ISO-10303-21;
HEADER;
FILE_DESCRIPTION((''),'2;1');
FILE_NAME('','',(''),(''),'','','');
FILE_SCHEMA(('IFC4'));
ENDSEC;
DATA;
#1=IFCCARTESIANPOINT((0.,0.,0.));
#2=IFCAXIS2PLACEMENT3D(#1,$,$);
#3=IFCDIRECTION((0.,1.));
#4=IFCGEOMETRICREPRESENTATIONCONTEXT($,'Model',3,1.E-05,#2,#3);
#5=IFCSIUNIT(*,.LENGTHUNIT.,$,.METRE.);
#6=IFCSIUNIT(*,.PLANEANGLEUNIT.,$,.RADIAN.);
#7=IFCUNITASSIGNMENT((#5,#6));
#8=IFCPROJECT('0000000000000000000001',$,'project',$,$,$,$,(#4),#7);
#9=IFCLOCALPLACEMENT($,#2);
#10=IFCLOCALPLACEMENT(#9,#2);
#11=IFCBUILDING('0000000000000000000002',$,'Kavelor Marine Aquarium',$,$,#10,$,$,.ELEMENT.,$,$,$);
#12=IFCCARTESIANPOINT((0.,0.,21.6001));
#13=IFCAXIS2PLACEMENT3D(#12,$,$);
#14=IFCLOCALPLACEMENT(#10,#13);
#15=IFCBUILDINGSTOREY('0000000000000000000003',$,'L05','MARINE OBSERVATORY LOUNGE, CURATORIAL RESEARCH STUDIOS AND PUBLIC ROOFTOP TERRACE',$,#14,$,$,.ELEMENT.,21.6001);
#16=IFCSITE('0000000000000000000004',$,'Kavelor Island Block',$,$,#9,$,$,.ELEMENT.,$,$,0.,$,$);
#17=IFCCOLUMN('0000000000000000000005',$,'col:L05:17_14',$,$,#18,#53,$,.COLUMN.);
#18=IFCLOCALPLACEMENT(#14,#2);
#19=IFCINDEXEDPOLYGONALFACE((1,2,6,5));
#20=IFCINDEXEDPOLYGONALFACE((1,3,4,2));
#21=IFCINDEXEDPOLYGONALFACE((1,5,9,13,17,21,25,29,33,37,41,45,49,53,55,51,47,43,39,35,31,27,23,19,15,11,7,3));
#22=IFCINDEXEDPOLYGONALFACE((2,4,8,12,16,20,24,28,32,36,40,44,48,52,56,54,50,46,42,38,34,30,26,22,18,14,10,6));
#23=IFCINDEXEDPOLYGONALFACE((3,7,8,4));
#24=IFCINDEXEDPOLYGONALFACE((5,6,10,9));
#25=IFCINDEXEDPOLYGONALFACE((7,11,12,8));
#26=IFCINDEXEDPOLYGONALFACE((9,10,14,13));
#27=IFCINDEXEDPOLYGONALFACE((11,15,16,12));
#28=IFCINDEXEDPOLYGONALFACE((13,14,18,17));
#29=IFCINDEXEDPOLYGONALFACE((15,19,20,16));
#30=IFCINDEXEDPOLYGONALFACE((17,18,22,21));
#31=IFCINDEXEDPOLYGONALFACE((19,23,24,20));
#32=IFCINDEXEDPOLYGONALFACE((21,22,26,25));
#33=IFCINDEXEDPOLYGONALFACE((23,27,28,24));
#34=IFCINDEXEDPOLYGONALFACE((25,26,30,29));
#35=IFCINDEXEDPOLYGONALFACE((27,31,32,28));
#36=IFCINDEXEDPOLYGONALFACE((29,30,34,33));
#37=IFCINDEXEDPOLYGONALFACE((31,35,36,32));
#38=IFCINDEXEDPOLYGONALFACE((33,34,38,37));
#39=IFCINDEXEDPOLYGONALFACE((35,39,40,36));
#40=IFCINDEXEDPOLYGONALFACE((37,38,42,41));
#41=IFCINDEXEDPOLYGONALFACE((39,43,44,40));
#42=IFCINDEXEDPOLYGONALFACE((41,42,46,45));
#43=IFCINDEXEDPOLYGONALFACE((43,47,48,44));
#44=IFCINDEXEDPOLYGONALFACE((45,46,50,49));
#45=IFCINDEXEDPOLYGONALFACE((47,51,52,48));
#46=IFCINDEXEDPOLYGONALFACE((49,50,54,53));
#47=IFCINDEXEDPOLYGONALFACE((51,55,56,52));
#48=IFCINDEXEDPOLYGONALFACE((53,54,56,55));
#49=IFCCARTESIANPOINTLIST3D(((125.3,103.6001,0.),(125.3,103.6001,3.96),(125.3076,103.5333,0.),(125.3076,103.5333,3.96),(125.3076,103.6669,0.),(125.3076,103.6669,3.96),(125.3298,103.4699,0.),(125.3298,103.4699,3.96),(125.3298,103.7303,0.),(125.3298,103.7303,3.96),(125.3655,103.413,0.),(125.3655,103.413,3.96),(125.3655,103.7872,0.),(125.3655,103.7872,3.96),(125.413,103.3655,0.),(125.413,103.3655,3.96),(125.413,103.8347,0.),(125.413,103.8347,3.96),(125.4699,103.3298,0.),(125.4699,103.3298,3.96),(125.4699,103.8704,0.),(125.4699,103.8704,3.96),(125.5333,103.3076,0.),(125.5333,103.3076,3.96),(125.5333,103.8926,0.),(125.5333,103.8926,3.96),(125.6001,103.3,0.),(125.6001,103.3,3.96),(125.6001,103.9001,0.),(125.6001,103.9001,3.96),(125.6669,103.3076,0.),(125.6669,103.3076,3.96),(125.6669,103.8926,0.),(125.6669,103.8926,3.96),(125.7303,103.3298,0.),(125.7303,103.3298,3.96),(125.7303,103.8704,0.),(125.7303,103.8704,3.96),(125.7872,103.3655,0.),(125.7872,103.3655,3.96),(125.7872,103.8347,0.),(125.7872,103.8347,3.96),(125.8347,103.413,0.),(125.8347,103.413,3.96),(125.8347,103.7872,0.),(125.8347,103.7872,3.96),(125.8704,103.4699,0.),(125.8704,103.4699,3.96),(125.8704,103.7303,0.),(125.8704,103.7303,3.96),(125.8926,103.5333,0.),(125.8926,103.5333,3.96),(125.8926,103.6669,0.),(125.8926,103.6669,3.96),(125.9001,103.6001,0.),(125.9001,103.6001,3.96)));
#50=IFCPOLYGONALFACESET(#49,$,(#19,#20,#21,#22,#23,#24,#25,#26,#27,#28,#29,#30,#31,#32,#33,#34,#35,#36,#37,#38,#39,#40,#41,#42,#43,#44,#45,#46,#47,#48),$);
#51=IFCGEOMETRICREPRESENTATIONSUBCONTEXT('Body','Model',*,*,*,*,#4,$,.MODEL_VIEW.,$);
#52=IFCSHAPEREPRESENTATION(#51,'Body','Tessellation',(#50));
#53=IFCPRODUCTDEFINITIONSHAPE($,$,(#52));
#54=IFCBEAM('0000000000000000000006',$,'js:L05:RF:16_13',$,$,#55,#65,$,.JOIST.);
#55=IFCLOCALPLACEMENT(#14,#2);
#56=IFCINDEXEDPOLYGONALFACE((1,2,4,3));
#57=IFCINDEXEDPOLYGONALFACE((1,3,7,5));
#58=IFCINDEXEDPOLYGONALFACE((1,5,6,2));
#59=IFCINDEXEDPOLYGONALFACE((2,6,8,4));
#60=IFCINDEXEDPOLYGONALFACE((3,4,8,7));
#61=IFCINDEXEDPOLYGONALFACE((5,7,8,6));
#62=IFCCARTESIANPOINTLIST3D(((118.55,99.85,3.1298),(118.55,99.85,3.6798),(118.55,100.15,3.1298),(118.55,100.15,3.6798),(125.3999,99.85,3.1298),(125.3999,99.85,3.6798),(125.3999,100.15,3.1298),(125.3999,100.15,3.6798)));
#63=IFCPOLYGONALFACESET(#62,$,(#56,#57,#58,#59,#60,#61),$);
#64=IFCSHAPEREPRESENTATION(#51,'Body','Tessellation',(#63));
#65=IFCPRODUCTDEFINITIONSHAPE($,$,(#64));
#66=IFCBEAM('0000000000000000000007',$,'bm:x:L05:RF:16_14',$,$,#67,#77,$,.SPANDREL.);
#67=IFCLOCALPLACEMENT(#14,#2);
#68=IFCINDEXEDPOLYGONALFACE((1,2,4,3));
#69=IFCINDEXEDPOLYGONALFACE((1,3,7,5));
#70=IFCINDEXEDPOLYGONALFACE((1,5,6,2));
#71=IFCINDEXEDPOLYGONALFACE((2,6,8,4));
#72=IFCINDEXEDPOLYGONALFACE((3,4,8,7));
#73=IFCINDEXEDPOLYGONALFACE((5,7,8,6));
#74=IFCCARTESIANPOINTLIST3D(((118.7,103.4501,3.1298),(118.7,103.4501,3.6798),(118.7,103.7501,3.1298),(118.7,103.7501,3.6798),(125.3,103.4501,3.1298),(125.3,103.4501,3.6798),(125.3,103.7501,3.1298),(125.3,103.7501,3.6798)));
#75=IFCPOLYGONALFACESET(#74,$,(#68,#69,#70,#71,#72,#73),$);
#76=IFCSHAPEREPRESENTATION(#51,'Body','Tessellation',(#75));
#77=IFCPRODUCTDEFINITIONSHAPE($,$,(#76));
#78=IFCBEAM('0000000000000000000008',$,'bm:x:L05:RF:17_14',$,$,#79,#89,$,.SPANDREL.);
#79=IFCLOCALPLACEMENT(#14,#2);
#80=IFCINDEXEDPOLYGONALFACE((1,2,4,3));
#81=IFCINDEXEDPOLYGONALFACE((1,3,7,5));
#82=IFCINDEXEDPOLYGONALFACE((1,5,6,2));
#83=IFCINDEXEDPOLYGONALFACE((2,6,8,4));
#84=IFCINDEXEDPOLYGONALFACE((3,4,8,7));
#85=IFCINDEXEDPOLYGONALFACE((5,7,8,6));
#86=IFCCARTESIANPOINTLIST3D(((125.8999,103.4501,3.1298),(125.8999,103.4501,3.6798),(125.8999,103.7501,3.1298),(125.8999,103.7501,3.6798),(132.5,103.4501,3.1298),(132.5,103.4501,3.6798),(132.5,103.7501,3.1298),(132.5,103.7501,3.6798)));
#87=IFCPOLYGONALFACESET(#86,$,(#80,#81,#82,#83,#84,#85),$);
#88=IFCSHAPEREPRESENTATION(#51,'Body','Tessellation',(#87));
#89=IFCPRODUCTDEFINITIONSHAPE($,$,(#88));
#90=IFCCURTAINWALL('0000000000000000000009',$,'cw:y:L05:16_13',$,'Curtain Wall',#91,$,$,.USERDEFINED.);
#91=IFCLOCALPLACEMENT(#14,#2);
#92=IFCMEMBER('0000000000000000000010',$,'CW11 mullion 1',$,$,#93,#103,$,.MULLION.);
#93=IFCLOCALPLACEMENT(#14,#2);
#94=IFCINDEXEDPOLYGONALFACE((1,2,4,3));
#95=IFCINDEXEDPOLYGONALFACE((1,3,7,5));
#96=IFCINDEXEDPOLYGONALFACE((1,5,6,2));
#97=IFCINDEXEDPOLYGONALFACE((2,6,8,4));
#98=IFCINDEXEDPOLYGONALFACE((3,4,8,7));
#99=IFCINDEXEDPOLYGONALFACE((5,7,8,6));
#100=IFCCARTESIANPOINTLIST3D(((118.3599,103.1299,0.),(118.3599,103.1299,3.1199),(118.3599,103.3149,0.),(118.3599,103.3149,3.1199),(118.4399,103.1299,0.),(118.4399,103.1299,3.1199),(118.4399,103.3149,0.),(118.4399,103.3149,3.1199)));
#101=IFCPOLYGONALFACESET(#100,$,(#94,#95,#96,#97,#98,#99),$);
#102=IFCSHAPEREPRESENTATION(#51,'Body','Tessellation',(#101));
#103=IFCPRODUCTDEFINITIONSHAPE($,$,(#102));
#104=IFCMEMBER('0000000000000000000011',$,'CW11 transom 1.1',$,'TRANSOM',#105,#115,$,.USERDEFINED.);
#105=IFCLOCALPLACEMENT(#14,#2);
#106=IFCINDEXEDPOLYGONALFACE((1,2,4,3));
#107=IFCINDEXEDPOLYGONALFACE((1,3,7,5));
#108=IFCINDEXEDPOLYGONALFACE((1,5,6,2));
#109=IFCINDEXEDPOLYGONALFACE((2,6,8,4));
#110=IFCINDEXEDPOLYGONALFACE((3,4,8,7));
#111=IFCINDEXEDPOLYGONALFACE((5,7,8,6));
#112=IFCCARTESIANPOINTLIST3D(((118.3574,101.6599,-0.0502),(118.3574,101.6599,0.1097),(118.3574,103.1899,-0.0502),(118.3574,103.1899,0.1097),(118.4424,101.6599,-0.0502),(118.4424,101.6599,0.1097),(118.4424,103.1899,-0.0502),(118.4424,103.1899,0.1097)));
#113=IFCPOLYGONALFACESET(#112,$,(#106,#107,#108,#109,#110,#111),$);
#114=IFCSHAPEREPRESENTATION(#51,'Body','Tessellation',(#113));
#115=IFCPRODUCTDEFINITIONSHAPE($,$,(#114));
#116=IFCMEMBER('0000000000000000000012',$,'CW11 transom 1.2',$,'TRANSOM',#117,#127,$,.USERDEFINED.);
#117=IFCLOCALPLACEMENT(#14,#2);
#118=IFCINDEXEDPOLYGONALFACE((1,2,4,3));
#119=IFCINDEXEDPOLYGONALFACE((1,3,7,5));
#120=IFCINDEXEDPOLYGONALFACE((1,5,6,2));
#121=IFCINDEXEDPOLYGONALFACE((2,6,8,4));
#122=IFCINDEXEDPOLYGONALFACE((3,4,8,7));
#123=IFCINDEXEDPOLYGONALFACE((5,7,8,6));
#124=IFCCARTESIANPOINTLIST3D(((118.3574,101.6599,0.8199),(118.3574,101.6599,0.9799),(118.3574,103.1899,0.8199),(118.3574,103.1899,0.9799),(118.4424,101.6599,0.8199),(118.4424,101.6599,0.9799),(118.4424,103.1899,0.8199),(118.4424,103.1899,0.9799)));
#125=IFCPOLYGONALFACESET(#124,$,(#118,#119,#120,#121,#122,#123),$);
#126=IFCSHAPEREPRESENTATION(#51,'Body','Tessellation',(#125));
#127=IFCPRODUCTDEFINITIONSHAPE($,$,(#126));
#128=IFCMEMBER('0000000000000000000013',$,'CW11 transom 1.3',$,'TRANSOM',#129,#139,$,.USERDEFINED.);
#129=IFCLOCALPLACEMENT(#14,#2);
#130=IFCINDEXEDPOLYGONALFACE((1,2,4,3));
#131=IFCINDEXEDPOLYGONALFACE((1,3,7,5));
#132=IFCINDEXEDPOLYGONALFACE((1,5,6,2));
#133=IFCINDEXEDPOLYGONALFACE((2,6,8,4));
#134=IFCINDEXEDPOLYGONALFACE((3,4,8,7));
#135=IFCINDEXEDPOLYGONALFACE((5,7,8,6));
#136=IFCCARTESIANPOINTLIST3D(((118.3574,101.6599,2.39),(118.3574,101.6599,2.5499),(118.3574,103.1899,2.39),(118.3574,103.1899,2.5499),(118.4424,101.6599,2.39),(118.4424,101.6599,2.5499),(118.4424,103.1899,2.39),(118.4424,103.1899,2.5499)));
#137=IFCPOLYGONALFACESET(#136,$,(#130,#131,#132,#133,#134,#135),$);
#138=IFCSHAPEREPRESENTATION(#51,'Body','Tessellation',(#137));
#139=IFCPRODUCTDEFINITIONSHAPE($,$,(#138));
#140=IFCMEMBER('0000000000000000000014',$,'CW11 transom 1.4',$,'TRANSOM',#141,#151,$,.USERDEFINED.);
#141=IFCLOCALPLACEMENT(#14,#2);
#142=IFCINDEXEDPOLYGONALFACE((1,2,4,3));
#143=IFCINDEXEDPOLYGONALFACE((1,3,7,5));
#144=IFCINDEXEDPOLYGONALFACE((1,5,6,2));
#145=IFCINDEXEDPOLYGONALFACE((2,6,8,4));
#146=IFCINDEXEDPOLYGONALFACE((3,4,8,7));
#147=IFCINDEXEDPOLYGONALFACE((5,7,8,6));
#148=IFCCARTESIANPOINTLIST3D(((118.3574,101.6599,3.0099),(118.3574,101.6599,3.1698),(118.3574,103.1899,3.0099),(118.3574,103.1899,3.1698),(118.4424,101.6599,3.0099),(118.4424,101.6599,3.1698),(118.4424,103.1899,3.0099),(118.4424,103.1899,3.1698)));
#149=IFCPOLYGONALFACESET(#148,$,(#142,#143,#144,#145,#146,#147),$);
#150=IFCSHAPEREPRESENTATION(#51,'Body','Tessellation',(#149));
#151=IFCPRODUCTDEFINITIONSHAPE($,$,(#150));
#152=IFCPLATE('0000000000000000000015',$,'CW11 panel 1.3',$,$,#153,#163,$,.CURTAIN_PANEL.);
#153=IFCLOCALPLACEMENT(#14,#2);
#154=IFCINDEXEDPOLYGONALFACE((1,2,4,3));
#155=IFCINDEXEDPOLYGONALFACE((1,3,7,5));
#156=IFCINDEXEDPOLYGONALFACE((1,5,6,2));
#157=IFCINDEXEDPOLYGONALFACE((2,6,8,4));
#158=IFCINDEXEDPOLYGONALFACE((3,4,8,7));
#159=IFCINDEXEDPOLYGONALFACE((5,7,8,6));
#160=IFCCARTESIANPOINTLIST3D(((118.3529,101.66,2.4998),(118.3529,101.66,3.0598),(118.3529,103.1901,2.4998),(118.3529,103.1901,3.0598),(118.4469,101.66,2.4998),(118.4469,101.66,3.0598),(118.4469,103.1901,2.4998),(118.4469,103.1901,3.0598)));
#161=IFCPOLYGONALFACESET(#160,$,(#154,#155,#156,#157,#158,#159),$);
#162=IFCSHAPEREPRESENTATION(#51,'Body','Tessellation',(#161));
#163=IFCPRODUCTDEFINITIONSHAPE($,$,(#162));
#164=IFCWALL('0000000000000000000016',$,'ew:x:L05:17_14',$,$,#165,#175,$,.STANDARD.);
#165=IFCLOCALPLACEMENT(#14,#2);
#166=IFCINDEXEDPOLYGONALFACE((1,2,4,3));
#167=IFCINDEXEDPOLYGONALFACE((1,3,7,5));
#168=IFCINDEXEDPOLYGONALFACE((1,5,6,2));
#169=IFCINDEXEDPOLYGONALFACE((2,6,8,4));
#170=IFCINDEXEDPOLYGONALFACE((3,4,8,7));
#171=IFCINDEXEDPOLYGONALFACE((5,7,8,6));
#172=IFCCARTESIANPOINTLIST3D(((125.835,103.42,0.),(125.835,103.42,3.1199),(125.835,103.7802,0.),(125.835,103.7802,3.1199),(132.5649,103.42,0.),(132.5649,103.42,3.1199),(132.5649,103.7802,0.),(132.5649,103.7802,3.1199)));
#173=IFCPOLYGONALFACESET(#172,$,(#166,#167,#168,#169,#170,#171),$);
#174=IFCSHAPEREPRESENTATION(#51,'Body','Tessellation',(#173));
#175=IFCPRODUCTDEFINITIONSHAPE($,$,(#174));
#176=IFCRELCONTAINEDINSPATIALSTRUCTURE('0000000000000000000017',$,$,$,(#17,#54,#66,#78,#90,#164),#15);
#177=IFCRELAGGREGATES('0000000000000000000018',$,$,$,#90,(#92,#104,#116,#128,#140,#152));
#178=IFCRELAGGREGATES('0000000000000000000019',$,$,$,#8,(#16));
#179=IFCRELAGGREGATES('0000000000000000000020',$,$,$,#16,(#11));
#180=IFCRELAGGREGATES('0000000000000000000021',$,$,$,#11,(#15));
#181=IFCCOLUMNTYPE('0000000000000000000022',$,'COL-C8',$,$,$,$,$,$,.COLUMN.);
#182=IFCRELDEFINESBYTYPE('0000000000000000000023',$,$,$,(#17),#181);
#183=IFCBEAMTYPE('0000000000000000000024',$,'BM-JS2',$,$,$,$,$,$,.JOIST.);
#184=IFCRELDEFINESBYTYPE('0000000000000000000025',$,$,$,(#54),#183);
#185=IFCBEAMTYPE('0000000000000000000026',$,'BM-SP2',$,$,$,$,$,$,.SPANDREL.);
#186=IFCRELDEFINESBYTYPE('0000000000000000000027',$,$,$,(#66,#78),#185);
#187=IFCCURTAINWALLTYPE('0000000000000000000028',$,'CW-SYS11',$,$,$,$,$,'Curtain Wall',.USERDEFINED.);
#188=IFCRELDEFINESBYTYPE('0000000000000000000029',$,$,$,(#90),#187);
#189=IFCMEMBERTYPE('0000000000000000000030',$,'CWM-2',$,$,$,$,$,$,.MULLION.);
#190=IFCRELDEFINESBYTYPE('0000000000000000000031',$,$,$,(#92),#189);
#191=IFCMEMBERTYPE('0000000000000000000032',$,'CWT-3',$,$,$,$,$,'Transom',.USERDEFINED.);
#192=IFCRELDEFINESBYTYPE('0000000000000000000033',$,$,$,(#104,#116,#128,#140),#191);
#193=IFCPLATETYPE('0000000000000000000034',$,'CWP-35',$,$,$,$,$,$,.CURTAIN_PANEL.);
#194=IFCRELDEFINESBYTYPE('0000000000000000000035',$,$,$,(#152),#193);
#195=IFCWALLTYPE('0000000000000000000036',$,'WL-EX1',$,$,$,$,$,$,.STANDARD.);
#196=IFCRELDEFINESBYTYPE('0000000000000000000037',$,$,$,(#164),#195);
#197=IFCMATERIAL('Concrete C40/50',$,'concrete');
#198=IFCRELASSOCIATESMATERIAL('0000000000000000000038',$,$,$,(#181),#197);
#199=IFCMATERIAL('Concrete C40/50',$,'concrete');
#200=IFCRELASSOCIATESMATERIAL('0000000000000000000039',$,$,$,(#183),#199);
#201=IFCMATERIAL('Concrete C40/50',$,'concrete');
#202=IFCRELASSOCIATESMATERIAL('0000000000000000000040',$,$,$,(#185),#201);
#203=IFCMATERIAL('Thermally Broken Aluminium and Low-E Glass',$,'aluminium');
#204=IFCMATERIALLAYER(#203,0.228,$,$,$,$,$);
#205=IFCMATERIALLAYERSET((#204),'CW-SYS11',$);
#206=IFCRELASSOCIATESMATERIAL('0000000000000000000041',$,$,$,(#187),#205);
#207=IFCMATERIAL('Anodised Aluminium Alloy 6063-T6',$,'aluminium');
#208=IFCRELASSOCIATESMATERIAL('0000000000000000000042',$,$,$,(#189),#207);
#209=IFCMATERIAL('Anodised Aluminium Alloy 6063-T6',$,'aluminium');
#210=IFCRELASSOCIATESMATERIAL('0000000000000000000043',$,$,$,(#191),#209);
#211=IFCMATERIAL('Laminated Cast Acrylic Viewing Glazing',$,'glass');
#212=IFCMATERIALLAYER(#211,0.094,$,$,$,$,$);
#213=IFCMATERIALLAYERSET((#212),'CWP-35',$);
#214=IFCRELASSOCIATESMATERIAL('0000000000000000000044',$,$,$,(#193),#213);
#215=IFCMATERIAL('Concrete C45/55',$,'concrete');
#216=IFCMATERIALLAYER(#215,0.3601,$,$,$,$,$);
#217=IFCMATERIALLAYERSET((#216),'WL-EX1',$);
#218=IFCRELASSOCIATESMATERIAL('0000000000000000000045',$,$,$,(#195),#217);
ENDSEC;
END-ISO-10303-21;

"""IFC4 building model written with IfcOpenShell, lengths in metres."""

from ifc_helpers import new_model, si_unit, direction, frame, frame_2d, origin, origin_2d, place, context, subcontext, project, spatial, rectangle, circle, extrude, material, layer, layer_set, material_profile, profile_set, type_object, element, aggregate, save


model = new_model("IFC4")

# Units and contexts
model_context = context("Model", 3, precision=1e-05, world=origin(), true_north=direction((0.0, 1.0)))
body_context = subcontext(model_context, "Body", "Model", "MODEL_VIEW")
ifc_project = project(units=[si_unit("LENGTHUNIT", "METRE"), si_unit("PLANEANGLEUNIT", "RADIAN")], contexts=[model_context])

# Site, building, storey
site_placement = place(None, origin())
site = spatial("IfcSite", under=ifc_project, at=site_placement, Name="Kavelor Island Block", CompositionType="ELEMENT", RefElevation=0.0)
building_placement = place(site_placement, origin())
building = spatial("IfcBuilding", under=site, at=building_placement, Name="Kavelor Marine Aquarium", CompositionType="ELEMENT")
storey_placement = place(building_placement, frame((0.0, 0.0, 21.6001)))
storey = spatial("IfcBuildingStorey", under=building, at=storey_placement, Name="L05", Description="MARINE OBSERVATORY LOUNGE, CURATORIAL RESEARCH STUDIOS AND PUBLIC ROOFTOP TERRACE", CompositionType="ELEMENT", Elevation=21.6001)

# Column
ifc_material_1 = material(Name="Concrete C40/50", Category="concrete")
ifc_material_profile_1 = material_profile(ifc_material_1, circle(Radius=0.3, at=origin_2d()), Name="RC-COL D600")
ifc_profile_set_1 = profile_set([ifc_material_profile_1], Name="Concrete C40/50")
column_type = type_object("IfcColumnType", Name="COL-C8", PredefinedType="COLUMN", material=ifc_profile_set_1)
column_placement = place(storey_placement, frame((125.6001, 103.6001, 0.0), z_axis=(0.0, 0.0, 1.0), x_axis=(1.0, 0.0, 0.0)))
element("IfcColumn", 1, at=column_placement, inside=storey, type_object=column_type, Name="col:L05:17_14", PredefinedType="COLUMN", context=body_context, shape_type="SweptSolid", body=[
    extrude(circle(Radius=0.3, at=origin_2d()), origin(), (0.0, 0.0, 1.0), 3.96),
])

# Beams
ifc_material_2 = material(Name="Concrete C40/50", Category="concrete")
ifc_material_profile_2 = material_profile(ifc_material_2, rectangle(XDim=0.3, YDim=0.55, at=origin_2d()), Name="RC-JS 300x550")
ifc_profile_set_2 = profile_set([ifc_material_profile_2], Name="Concrete C40/50")
beam_type_1 = type_object("IfcBeamType", Name="BM-JS2", PredefinedType="JOIST", material=ifc_profile_set_2)
beam_placement = place(storey_placement, frame((118.55, 100.0, 3.4048), z_axis=(1.0, 0.0, 0.0), x_axis=(0.0, 1.0, 0.0)))
element("IfcBeam", 2, at=beam_placement, inside=storey, type_object=beam_type_1, Name="js:L05:RF:16_13", PredefinedType="JOIST", context=body_context, shape_type="SweptSolid", body=[
    extrude(rectangle(XDim=0.3, YDim=0.55, at=origin_2d()), origin(), (0.0, 0.0, 1.0), 6.8499),
])
ifc_material_3 = material(Name="Concrete C40/50", Category="concrete")
ifc_material_profile_3 = material_profile(ifc_material_3, rectangle(XDim=0.3, YDim=0.55, at=origin_2d()), Name="RC-SP 300x550")
ifc_profile_set_3 = profile_set([ifc_material_profile_3], Name="Concrete C40/50")
beam_type_2 = type_object("IfcBeamType", Name="BM-SP2", PredefinedType="SPANDREL", material=ifc_profile_set_3)
for number, where, z_axis, x_axis, name in (
    (3, (118.7, 103.6001, 3.4048), (1.0, 0.0, 0.0), (0.0, 1.0, 0.0), "bm:x:L05:RF:16_14"),
    (4, (125.8999, 103.6001, 3.4048), (1.0, 0.0, 0.0), (0.0, 1.0, 0.0), "bm:x:L05:RF:17_14"),
):
    element("IfcBeam", number, at=place(storey_placement, frame(where, z_axis=z_axis, x_axis=x_axis)), inside=storey, type_object=beam_type_2, Name=name, PredefinedType="SPANDREL", context=body_context, shape_type="SweptSolid", body=[
        extrude(rectangle(XDim=0.3, YDim=0.55, at=origin_2d()), origin(), (0.0, 0.0, 1.0), 6.6001),
    ])

# Curtain wall, members, plate
ifc_material_4 = material(Name="Thermally Broken Aluminium and Low-E Glass", Category="aluminium")
ifc_layer_1 = layer(ifc_material_4, 0.228)
ifc_layer_set_1 = layer_set([ifc_layer_1], Name="CW-SYS11")
curtain_wall_type = type_object("IfcCurtainWallType", Name="CW-SYS11", ElementType="Curtain Wall", PredefinedType="USERDEFINED", material=ifc_layer_set_1)
curtain_wall_placement = place(storey_placement, origin())
curtain_wall = element("IfcCurtainWall", 5, at=curtain_wall_placement, inside=storey, type_object=curtain_wall_type, Name="cw:y:L05:16_13", ObjectType="Curtain Wall", PredefinedType="USERDEFINED")
ifc_material_5 = material(Name="Anodised Aluminium Alloy 6063-T6", Category="aluminium")
ifc_material_profile_4 = material_profile(ifc_material_5, rectangle(XDim=0.0801, YDim=0.1851, at=origin_2d()), Name="CW-MUL 80x185")
ifc_profile_set_4 = profile_set([ifc_material_profile_4], Name="Anodised Aluminium Alloy 6063-T6")
member_type_1 = type_object("IfcMemberType", Name="CWM-2", PredefinedType="MULLION", material=ifc_profile_set_4)
member_1_placement = place(storey_placement, frame((118.3999, 103.2224, 0.0), z_axis=(0.0, 0.0, 1.0), x_axis=(1.0, 0.0, 0.0)))
member_1 = element("IfcMember", 6, at=member_1_placement, type_object=member_type_1, Name="CW11 mullion 1", PredefinedType="MULLION", context=body_context, shape_type="SweptSolid", body=[
    extrude(rectangle(XDim=0.0801, YDim=0.1851, at=origin_2d()), origin(), (0.0, 0.0, 1.0), 3.1199),
])
ifc_material_6 = material(Name="Anodised Aluminium Alloy 6063-T6", Category="aluminium")
ifc_material_profile_5 = material_profile(ifc_material_6, rectangle(XDim=0.085, YDim=0.1599, at=origin_2d()), Name="CW-TRN 85x160")
ifc_profile_set_5 = profile_set([ifc_material_profile_5], Name="Anodised Aluminium Alloy 6063-T6")
member_type_2 = type_object("IfcMemberType", Name="CWT-3", ElementType="Transom", PredefinedType="USERDEFINED", material=ifc_profile_set_5)
member_2_placement = place(storey_placement, frame((118.3999, 103.1899, 0.0298), z_axis=(0.0, -1.0, 0.0), x_axis=(1.0, 0.0, 0.0)))
member_2 = element("IfcMember", 7, at=member_2_placement, type_object=member_type_2, Name="CW11 transom 1.1", ObjectType="TRANSOM", PredefinedType="USERDEFINED", context=body_context, shape_type="SweptSolid", body=[
    extrude(rectangle(XDim=0.085, YDim=0.1599, at=origin_2d()), origin(), (0.0, 0.0, 1.0), 1.53),
])
member_3_placement = place(storey_placement, frame((118.3999, 103.1899, 0.8999), z_axis=(0.0, -1.0, 0.0), x_axis=(1.0, 0.0, 0.0)))
member_3 = element("IfcMember", 8, at=member_3_placement, type_object=member_type_2, Name="CW11 transom 1.2", ObjectType="TRANSOM", PredefinedType="USERDEFINED", context=body_context, shape_type="SweptSolid", body=[
    extrude(rectangle(XDim=0.085, YDim=0.1599, at=origin_2d()), origin(), (0.0, 0.0, 1.0), 1.53),
])
member_4_placement = place(storey_placement, frame((118.3999, 103.1899, 2.47), z_axis=(0.0, -1.0, 0.0), x_axis=(1.0, 0.0, 0.0)))
member_4 = element("IfcMember", 9, at=member_4_placement, type_object=member_type_2, Name="CW11 transom 1.3", ObjectType="TRANSOM", PredefinedType="USERDEFINED", context=body_context, shape_type="SweptSolid", body=[
    extrude(rectangle(XDim=0.085, YDim=0.1599, at=origin_2d()), origin(), (0.0, 0.0, 1.0), 1.53),
])
member_5_placement = place(storey_placement, frame((118.3999, 103.1899, 3.0898), z_axis=(0.0, -1.0, 0.0), x_axis=(1.0, 0.0, 0.0)))
member_5 = element("IfcMember", 10, at=member_5_placement, type_object=member_type_2, Name="CW11 transom 1.4", ObjectType="TRANSOM", PredefinedType="USERDEFINED", context=body_context, shape_type="SweptSolid", body=[
    extrude(rectangle(XDim=0.085, YDim=0.1599, at=origin_2d()), origin(), (0.0, 0.0, 1.0), 1.53),
])
ifc_material_7 = material(Name="Laminated Cast Acrylic Viewing Glazing", Category="glass")
ifc_layer_2 = layer(ifc_material_7, 0.094)
ifc_layer_set_2 = layer_set([ifc_layer_2], Name="CWP-35")
plate_type = type_object("IfcPlateType", Name="CWP-35", PredefinedType="CURTAIN_PANEL", material=ifc_layer_set_2)
plate_placement = place(storey_placement, frame((118.3999, 102.425, 2.4998), z_axis=(0.0, 0.0, 1.0), x_axis=(0.0, -1.0, 0.0)))
plate = element("IfcPlate", 11, at=plate_placement, type_object=plate_type, Name="CW11 panel 1.3", PredefinedType="CURTAIN_PANEL", context=body_context, shape_type="SweptSolid", body=[
    extrude(rectangle(XDim=1.53, YDim=0.094, at=origin_2d()), origin(), (0.0, 0.0, 1.0), 0.5601),
])
aggregate(curtain_wall, [member_1, member_2, member_3, member_4, member_5, plate])

# Wall
ifc_material_8 = material(Name="Concrete C45/55", Category="concrete")
ifc_layer_3 = layer(ifc_material_8, 0.3601)
ifc_layer_set_3 = layer_set([ifc_layer_3], Name="WL-EX1")
wall_type_1 = type_object("IfcWallType", Name="WL-EX1", PredefinedType="STANDARD", material=ifc_layer_set_3)
wall_1_placement = place(storey_placement, frame((125.835, 103.6001, 0.0), z_axis=(0.0, 0.0, 1.0), x_axis=(1.0, 0.0, 0.0)))
element("IfcWall", 12, at=wall_1_placement, inside=storey, type_object=wall_type_1, Name="ew:x:L05:17_14", PredefinedType="STANDARD", context=body_context, shape_type="SweptSolid", body=[
    extrude(rectangle(XDim=6.73, YDim=0.3601, at=frame_2d((3.365, 0.0))), origin(), (0.0, 0.0, 1.0), 3.1199),
])

save(model, "model.ifc")
